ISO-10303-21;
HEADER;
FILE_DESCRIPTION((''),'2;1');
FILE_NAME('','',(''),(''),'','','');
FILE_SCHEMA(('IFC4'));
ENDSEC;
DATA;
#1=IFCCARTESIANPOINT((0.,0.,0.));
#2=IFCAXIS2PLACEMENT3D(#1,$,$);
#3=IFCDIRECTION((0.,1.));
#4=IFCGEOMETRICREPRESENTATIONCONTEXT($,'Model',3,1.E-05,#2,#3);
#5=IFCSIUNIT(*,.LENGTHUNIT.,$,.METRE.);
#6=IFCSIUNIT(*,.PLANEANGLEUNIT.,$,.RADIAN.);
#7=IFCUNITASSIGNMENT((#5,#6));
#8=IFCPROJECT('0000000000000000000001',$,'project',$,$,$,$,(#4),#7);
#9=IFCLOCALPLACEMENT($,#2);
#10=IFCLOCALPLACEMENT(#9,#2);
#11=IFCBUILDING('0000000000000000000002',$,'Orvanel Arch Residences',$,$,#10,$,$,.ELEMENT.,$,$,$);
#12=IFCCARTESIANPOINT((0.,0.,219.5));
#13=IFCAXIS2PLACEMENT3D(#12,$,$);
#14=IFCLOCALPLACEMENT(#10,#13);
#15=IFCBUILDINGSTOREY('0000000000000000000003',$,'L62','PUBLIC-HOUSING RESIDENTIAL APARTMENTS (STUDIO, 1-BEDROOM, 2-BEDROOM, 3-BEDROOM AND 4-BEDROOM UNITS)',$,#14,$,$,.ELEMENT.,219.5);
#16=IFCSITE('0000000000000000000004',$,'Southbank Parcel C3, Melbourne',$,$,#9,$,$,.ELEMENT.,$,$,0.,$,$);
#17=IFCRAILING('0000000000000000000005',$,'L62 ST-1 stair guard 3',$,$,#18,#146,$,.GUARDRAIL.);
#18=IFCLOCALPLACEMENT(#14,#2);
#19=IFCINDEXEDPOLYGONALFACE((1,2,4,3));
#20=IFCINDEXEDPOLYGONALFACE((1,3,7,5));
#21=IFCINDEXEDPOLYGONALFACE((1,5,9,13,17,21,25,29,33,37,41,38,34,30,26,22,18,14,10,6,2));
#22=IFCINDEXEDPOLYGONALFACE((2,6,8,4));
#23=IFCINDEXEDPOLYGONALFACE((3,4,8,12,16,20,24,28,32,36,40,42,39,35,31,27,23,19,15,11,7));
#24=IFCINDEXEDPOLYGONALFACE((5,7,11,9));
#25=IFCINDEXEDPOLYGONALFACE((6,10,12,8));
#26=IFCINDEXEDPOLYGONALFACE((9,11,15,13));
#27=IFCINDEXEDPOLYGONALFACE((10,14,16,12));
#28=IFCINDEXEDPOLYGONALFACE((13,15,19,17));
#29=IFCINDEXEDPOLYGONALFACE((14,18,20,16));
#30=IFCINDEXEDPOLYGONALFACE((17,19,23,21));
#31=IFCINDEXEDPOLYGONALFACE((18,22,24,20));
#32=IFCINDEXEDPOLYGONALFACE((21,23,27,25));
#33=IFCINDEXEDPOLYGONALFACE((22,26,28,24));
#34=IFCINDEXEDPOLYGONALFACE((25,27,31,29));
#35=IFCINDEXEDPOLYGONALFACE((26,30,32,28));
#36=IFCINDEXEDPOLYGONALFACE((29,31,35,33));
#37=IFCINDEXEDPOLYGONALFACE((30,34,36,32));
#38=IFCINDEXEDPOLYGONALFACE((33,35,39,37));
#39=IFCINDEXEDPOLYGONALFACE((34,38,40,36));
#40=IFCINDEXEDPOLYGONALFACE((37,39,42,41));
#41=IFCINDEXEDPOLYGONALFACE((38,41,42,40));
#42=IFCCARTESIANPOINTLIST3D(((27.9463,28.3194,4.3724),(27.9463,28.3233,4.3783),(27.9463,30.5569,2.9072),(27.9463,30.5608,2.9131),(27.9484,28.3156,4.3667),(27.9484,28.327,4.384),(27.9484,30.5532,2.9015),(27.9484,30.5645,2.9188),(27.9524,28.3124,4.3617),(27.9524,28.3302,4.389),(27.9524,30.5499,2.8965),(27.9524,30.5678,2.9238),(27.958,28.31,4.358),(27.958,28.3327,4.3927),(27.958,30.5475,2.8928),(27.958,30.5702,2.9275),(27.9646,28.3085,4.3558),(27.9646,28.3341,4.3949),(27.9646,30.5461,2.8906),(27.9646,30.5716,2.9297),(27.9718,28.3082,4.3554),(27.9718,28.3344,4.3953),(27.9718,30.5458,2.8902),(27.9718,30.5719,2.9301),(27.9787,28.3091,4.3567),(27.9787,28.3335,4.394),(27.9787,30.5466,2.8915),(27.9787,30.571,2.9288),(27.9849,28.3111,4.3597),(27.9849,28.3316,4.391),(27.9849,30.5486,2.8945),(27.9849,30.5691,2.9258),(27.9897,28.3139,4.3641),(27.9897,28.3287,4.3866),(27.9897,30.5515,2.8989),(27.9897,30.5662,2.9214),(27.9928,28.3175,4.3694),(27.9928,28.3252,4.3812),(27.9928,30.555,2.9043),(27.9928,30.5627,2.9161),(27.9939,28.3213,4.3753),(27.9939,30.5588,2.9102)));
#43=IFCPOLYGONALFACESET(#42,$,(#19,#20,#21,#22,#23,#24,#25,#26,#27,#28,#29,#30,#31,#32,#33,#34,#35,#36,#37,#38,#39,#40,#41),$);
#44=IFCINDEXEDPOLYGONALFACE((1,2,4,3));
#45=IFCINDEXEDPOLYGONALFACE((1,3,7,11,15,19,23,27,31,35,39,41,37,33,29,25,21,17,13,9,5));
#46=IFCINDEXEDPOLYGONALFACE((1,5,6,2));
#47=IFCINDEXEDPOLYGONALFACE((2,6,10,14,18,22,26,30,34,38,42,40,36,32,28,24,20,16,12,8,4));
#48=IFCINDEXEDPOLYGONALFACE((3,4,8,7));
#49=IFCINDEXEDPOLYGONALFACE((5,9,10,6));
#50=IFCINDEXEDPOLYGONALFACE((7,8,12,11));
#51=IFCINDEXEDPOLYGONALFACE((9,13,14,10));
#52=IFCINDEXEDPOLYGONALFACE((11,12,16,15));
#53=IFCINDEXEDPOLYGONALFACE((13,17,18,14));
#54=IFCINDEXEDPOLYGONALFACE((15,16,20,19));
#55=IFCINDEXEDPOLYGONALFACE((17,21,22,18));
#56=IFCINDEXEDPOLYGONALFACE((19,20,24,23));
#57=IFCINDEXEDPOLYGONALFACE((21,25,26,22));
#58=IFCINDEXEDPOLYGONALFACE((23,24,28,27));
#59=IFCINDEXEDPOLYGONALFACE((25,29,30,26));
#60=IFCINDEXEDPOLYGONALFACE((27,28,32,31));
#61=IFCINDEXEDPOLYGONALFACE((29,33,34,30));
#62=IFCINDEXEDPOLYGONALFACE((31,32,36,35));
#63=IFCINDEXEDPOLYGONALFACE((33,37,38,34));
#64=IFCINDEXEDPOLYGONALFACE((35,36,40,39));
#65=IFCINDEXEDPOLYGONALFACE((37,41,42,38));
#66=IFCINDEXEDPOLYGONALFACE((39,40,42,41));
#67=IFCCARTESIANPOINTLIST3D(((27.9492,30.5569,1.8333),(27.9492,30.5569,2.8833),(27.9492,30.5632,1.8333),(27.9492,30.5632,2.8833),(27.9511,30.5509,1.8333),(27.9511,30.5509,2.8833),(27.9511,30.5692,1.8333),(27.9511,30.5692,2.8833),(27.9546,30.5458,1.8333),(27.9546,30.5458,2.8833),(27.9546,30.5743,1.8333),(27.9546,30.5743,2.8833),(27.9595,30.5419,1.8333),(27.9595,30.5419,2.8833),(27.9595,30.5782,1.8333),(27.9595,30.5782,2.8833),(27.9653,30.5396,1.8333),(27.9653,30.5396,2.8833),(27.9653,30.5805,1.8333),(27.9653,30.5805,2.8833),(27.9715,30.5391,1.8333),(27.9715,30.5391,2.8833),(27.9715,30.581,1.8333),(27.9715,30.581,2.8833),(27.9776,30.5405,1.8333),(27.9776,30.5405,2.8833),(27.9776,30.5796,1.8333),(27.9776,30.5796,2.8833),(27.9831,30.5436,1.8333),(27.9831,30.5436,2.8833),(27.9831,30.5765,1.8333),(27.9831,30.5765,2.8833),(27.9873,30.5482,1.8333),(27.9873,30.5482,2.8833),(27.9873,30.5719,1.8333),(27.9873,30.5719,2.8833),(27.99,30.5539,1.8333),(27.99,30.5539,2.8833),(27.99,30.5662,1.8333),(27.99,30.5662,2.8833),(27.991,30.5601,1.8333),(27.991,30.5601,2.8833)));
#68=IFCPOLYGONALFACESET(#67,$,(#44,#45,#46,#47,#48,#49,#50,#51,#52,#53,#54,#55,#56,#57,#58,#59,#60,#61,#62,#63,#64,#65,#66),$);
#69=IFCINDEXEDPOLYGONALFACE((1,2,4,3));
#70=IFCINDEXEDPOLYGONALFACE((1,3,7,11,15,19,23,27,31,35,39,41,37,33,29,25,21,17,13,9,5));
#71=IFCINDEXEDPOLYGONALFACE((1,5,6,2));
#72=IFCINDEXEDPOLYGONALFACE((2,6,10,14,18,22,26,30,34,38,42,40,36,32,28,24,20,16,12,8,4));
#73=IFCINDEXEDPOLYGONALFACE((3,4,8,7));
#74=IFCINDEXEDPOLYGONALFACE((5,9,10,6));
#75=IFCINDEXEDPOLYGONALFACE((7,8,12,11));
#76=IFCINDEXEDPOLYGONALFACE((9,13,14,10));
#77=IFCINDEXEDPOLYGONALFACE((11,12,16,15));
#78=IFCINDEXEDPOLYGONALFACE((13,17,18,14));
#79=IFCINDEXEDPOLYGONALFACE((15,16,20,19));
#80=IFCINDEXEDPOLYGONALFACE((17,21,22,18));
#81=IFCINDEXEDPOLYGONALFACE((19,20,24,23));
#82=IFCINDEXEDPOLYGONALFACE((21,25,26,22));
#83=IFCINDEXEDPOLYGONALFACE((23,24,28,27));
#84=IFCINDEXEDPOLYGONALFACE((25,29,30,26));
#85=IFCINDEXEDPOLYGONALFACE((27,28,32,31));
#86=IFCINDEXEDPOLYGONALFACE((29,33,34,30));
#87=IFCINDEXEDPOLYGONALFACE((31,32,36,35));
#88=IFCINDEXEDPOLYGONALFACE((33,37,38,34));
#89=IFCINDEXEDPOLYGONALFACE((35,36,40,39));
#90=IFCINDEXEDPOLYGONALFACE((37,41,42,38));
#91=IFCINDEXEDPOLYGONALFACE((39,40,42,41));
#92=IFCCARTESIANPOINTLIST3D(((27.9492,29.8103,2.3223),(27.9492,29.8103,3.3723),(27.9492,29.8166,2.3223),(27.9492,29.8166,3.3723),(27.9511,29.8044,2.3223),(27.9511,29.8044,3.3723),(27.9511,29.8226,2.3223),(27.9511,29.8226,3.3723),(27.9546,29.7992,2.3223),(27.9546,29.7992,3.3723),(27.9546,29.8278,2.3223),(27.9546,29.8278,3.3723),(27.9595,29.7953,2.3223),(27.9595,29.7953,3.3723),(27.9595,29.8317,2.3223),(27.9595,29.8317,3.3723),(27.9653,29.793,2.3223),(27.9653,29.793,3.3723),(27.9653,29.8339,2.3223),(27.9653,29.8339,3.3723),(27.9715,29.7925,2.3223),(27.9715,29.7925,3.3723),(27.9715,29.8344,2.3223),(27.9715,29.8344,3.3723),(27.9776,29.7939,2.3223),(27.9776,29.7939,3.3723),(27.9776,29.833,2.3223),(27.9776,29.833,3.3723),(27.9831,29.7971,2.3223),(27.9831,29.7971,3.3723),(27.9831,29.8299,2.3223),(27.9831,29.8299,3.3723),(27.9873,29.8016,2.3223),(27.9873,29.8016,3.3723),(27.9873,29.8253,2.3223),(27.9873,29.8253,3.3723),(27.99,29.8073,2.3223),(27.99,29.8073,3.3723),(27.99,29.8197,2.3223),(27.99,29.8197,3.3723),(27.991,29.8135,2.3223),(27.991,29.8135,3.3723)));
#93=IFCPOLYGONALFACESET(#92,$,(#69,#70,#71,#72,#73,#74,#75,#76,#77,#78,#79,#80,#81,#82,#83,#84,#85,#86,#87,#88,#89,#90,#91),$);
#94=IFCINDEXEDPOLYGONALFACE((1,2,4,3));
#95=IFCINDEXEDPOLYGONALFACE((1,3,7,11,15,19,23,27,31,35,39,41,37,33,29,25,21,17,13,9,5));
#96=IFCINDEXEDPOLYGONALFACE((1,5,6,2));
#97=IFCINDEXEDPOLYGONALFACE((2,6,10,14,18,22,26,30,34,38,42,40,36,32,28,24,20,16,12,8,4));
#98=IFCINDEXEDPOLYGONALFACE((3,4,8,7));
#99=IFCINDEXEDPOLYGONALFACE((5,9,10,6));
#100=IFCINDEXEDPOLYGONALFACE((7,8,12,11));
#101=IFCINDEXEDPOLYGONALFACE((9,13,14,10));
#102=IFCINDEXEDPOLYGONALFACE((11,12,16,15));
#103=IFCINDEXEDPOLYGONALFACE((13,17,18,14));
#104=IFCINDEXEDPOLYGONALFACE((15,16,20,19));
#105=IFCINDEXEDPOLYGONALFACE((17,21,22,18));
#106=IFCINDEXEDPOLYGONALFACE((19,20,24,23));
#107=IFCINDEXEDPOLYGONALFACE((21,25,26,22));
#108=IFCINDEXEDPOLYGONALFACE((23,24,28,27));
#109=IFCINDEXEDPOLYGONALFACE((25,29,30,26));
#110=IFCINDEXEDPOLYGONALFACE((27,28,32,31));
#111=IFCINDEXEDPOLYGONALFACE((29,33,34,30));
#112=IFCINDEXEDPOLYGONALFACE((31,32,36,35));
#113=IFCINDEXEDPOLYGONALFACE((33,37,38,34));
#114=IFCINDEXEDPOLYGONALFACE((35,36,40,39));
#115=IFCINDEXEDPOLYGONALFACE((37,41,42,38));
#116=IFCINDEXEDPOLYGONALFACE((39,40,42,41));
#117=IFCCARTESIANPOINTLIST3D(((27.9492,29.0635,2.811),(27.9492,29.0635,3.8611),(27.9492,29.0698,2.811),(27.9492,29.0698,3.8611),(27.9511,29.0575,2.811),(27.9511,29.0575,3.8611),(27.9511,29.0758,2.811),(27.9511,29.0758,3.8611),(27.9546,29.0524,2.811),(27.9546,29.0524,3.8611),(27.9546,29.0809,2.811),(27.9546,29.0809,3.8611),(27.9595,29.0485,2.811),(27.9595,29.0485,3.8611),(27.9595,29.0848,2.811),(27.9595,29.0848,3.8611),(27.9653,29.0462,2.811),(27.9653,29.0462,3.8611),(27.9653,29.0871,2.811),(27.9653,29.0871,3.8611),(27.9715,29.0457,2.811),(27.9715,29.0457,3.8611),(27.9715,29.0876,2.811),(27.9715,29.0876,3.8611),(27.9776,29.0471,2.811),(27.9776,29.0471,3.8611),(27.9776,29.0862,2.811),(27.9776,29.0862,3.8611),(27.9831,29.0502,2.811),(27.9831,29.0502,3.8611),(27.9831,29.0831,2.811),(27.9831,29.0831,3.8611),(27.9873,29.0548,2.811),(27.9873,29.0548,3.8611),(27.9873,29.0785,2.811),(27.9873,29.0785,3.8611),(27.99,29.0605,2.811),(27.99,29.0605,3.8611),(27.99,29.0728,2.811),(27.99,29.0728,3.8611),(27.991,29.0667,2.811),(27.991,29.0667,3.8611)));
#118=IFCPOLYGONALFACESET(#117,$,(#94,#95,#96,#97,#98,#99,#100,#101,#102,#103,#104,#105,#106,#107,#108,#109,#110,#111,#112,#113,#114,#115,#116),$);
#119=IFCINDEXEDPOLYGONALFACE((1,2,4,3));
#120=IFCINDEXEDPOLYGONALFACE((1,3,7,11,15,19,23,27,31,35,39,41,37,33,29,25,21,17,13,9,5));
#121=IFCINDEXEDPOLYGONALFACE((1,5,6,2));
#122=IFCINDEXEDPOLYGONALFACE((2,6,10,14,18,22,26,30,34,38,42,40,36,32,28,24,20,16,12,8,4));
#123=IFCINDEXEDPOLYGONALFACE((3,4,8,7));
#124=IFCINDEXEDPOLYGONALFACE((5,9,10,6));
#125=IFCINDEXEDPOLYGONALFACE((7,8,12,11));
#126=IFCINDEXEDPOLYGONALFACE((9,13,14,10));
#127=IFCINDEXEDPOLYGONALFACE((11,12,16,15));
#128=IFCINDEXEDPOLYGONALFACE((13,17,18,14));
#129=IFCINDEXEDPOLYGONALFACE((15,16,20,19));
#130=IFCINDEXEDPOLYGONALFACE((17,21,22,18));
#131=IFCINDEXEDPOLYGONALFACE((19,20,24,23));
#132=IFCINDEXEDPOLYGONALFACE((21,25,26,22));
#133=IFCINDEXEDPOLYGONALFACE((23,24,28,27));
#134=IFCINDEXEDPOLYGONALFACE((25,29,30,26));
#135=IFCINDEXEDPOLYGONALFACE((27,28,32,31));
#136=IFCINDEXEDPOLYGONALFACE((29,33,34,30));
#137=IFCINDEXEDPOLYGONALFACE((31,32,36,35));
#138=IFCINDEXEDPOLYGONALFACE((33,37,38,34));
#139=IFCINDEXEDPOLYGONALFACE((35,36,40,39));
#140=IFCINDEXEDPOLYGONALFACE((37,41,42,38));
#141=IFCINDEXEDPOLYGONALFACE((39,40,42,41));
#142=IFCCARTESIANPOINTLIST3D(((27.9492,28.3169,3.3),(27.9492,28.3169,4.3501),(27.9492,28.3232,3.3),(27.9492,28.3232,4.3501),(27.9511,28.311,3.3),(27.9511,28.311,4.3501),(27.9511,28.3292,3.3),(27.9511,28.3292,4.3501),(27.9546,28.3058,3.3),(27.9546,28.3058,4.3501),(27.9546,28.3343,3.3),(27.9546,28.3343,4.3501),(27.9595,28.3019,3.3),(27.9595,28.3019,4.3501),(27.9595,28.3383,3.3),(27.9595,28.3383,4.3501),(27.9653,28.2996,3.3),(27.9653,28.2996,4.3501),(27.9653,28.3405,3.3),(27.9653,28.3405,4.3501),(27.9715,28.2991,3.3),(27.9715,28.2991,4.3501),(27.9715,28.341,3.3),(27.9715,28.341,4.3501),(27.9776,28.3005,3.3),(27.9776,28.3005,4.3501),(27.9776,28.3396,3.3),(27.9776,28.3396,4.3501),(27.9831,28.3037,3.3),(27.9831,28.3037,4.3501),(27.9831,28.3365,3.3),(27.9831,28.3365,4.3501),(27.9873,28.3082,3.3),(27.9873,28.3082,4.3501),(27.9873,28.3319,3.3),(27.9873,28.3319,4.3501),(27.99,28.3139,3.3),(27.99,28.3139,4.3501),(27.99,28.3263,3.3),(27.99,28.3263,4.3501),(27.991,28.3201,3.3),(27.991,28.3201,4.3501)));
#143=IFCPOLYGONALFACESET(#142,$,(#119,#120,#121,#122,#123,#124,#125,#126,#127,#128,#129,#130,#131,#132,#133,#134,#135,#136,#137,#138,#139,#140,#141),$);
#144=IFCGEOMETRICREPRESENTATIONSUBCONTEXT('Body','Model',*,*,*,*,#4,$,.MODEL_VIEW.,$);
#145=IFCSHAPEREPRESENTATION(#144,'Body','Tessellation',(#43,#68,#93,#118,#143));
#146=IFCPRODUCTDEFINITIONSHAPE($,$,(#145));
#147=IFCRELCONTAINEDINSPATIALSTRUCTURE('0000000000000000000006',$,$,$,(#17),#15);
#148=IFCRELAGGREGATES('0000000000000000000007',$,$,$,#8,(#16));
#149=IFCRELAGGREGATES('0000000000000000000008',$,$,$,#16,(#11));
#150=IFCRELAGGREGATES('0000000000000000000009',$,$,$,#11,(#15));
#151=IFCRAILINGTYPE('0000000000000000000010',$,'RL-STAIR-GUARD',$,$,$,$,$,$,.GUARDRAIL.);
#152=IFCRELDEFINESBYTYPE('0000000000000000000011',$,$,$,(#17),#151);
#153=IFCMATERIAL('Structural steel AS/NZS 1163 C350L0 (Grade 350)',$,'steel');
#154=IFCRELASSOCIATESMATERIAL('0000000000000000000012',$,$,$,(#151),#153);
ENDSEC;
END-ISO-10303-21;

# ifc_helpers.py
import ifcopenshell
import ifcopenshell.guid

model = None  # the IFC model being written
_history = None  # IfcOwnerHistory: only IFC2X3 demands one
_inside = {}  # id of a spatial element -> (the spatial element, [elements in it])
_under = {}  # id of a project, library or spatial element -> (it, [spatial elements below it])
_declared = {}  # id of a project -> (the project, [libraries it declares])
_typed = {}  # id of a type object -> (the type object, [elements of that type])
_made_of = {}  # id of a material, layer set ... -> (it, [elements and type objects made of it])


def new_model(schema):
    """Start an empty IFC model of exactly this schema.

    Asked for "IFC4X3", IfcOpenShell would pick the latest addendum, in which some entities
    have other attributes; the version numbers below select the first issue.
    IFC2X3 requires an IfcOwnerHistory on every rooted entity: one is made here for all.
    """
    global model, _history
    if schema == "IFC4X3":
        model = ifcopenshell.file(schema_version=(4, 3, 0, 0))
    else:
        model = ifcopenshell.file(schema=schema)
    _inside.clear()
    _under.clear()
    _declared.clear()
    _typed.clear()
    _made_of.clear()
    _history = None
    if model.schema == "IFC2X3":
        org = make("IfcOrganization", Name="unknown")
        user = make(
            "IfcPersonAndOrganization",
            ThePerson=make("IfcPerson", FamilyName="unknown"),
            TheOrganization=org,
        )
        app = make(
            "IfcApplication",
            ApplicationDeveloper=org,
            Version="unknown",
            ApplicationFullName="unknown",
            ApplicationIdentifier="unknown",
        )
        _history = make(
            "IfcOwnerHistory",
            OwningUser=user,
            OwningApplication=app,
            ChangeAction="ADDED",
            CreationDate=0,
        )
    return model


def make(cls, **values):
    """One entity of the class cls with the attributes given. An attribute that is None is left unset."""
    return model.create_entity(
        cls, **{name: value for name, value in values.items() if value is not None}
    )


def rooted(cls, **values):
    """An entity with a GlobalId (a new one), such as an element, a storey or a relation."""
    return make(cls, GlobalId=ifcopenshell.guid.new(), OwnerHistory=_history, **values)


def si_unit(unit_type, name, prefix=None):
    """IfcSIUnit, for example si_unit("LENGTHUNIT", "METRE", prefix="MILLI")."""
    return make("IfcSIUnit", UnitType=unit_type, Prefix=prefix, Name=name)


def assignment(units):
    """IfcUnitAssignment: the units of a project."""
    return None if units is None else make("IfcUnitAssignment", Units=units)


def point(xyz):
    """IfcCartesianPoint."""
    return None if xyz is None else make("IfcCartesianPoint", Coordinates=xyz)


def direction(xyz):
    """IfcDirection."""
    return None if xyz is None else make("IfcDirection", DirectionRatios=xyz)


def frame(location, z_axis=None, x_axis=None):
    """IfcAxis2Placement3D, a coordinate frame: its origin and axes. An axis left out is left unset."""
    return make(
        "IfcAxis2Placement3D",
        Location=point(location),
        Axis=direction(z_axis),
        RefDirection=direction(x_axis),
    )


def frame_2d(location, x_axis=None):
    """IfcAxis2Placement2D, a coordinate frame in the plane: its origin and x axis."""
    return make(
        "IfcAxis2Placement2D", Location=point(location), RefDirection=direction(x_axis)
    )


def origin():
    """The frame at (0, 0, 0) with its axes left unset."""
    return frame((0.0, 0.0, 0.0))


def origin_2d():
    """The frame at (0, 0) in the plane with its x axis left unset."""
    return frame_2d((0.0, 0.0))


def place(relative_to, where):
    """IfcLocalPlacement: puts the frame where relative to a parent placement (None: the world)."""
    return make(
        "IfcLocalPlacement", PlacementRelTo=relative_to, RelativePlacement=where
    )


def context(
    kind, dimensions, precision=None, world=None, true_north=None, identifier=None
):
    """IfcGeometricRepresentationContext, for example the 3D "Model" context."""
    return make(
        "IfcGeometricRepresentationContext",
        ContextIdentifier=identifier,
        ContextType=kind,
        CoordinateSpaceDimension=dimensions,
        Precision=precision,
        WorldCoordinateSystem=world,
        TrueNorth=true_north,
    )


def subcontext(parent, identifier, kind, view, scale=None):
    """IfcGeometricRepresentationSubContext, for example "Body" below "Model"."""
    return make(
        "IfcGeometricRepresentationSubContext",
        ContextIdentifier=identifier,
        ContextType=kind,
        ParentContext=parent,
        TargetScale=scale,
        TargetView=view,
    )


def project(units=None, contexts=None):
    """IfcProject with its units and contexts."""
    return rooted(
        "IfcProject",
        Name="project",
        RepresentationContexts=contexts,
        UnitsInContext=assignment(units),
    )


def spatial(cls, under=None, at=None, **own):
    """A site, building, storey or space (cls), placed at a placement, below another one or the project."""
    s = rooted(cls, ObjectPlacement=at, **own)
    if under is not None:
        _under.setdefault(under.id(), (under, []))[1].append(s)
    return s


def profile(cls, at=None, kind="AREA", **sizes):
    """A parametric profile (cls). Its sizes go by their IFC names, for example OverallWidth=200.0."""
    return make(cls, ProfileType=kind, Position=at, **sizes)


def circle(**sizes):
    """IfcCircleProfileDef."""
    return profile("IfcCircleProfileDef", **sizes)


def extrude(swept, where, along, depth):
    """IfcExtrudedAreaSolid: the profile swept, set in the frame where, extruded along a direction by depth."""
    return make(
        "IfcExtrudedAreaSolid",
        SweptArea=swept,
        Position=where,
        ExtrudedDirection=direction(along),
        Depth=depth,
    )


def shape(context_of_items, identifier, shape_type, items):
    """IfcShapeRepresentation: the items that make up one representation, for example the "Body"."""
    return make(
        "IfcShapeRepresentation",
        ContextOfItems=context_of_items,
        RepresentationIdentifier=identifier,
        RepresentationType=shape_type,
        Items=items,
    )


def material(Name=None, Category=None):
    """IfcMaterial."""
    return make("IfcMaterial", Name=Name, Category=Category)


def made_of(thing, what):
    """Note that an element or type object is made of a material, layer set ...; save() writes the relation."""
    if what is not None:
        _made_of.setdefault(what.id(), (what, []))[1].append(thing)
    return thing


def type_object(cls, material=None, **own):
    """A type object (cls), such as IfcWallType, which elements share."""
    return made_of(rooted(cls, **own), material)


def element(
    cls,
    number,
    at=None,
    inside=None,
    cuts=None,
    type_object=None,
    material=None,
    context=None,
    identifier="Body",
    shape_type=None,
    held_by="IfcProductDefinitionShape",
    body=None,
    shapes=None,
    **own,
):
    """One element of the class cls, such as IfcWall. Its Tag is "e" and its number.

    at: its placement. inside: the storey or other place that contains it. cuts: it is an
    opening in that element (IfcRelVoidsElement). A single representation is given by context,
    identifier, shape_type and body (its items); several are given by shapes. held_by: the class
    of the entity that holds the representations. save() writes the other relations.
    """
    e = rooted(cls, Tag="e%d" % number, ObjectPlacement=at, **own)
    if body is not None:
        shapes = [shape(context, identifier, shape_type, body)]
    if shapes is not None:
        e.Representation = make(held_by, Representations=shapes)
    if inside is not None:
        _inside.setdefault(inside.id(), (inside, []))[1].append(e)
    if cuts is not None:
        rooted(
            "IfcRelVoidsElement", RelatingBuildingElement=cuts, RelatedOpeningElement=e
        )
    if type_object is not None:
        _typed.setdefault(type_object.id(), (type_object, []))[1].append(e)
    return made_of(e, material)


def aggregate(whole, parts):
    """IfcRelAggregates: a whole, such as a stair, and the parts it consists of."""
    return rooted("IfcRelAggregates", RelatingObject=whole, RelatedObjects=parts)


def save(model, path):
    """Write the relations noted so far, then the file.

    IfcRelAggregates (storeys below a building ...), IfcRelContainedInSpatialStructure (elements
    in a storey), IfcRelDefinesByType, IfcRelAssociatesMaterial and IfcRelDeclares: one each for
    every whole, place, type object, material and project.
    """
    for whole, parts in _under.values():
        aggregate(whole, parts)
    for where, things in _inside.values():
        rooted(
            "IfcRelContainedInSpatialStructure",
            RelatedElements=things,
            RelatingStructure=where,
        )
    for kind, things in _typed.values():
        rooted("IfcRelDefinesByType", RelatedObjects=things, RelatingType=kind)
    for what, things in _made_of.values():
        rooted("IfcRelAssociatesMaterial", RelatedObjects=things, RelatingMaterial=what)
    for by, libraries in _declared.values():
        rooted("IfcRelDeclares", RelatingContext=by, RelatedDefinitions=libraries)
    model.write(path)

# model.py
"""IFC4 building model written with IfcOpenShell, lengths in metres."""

from ifc_helpers import new_model, si_unit, direction, frame, origin, origin_2d, place, context, subcontext, project, spatial, circle, extrude, material, type_object, element, save


model = new_model("IFC4")

# Units and contexts
model_context = context("Model", 3, precision=1e-05, world=origin(), true_north=direction((0.0, 1.0)))
body_context = subcontext(model_context, "Body", "Model", "MODEL_VIEW")
ifc_project = project(units=[si_unit("LENGTHUNIT", "METRE"), si_unit("PLANEANGLEUNIT", "RADIAN")], contexts=[model_context])

# Site, building, storey
site_placement = place(None, origin())
site = spatial("IfcSite", under=ifc_project, at=site_placement, Name="Southbank Parcel C3, Melbourne", CompositionType="ELEMENT", RefElevation=0.0)
building_placement = place(site_placement, origin())
building = spatial("IfcBuilding", under=site, at=building_placement, Name="Orvanel Arch Residences", CompositionType="ELEMENT")
storey_placement = place(building_placement, frame((0.0, 0.0, 219.5)))
storey = spatial("IfcBuildingStorey", under=building, at=storey_placement, Name="L62", Description="PUBLIC-HOUSING RESIDENTIAL APARTMENTS (STUDIO, 1-BEDROOM, 2-BEDROOM, 3-BEDROOM AND 4-BEDROOM UNITS)", CompositionType="ELEMENT", Elevation=219.5)

# Railing
ifc_material_1 = material(Name="Structural steel AS/NZS 1163 C350L0 (Grade 350)", Category="steel")
railing_type_1 = type_object("IfcRailingType", Name="RL-STAIR-GUARD", PredefinedType="GUARDRAIL", material=ifc_material_1)
railing_1_placement = place(storey_placement, frame((27.97, 30.5601, 1.8333)))
element("IfcRailing", 1, at=railing_1_placement, inside=storey, type_object=railing_type_1, Name="L62 ST-1 stair guard 3", PredefinedType="GUARDRAIL", context=body_context, shape_type="SweptSolid", body=[
    extrude(circle(Radius=0.0239, at=origin_2d()), frame((0.0, -0.0012, 1.0769), z_axis=(0.0, -0.836595, 0.547822), x_axis=(1.0, 0.0, 0.0)), (0.0, 0.0, 1.0), 2.6746),
    extrude(circle(Radius=0.021, at=origin_2d()), origin(), (0.0, 0.0, 1.0), 1.05),
    extrude(circle(Radius=0.021, at=origin_2d()), frame((0.0, -0.7466, 0.489)), (0.0, 0.0, 1.0), 1.05),
    extrude(circle(Radius=0.021, at=origin_2d()), frame((0.0, -1.4934, 0.9778)), (0.0, 0.0, 1.0), 1.05),
    extrude(circle(Radius=0.021, at=origin_2d()), frame((0.0, -2.24, 1.4668)), (0.0, 0.0, 1.0), 1.05),
])

save(model, "model.ifc")
